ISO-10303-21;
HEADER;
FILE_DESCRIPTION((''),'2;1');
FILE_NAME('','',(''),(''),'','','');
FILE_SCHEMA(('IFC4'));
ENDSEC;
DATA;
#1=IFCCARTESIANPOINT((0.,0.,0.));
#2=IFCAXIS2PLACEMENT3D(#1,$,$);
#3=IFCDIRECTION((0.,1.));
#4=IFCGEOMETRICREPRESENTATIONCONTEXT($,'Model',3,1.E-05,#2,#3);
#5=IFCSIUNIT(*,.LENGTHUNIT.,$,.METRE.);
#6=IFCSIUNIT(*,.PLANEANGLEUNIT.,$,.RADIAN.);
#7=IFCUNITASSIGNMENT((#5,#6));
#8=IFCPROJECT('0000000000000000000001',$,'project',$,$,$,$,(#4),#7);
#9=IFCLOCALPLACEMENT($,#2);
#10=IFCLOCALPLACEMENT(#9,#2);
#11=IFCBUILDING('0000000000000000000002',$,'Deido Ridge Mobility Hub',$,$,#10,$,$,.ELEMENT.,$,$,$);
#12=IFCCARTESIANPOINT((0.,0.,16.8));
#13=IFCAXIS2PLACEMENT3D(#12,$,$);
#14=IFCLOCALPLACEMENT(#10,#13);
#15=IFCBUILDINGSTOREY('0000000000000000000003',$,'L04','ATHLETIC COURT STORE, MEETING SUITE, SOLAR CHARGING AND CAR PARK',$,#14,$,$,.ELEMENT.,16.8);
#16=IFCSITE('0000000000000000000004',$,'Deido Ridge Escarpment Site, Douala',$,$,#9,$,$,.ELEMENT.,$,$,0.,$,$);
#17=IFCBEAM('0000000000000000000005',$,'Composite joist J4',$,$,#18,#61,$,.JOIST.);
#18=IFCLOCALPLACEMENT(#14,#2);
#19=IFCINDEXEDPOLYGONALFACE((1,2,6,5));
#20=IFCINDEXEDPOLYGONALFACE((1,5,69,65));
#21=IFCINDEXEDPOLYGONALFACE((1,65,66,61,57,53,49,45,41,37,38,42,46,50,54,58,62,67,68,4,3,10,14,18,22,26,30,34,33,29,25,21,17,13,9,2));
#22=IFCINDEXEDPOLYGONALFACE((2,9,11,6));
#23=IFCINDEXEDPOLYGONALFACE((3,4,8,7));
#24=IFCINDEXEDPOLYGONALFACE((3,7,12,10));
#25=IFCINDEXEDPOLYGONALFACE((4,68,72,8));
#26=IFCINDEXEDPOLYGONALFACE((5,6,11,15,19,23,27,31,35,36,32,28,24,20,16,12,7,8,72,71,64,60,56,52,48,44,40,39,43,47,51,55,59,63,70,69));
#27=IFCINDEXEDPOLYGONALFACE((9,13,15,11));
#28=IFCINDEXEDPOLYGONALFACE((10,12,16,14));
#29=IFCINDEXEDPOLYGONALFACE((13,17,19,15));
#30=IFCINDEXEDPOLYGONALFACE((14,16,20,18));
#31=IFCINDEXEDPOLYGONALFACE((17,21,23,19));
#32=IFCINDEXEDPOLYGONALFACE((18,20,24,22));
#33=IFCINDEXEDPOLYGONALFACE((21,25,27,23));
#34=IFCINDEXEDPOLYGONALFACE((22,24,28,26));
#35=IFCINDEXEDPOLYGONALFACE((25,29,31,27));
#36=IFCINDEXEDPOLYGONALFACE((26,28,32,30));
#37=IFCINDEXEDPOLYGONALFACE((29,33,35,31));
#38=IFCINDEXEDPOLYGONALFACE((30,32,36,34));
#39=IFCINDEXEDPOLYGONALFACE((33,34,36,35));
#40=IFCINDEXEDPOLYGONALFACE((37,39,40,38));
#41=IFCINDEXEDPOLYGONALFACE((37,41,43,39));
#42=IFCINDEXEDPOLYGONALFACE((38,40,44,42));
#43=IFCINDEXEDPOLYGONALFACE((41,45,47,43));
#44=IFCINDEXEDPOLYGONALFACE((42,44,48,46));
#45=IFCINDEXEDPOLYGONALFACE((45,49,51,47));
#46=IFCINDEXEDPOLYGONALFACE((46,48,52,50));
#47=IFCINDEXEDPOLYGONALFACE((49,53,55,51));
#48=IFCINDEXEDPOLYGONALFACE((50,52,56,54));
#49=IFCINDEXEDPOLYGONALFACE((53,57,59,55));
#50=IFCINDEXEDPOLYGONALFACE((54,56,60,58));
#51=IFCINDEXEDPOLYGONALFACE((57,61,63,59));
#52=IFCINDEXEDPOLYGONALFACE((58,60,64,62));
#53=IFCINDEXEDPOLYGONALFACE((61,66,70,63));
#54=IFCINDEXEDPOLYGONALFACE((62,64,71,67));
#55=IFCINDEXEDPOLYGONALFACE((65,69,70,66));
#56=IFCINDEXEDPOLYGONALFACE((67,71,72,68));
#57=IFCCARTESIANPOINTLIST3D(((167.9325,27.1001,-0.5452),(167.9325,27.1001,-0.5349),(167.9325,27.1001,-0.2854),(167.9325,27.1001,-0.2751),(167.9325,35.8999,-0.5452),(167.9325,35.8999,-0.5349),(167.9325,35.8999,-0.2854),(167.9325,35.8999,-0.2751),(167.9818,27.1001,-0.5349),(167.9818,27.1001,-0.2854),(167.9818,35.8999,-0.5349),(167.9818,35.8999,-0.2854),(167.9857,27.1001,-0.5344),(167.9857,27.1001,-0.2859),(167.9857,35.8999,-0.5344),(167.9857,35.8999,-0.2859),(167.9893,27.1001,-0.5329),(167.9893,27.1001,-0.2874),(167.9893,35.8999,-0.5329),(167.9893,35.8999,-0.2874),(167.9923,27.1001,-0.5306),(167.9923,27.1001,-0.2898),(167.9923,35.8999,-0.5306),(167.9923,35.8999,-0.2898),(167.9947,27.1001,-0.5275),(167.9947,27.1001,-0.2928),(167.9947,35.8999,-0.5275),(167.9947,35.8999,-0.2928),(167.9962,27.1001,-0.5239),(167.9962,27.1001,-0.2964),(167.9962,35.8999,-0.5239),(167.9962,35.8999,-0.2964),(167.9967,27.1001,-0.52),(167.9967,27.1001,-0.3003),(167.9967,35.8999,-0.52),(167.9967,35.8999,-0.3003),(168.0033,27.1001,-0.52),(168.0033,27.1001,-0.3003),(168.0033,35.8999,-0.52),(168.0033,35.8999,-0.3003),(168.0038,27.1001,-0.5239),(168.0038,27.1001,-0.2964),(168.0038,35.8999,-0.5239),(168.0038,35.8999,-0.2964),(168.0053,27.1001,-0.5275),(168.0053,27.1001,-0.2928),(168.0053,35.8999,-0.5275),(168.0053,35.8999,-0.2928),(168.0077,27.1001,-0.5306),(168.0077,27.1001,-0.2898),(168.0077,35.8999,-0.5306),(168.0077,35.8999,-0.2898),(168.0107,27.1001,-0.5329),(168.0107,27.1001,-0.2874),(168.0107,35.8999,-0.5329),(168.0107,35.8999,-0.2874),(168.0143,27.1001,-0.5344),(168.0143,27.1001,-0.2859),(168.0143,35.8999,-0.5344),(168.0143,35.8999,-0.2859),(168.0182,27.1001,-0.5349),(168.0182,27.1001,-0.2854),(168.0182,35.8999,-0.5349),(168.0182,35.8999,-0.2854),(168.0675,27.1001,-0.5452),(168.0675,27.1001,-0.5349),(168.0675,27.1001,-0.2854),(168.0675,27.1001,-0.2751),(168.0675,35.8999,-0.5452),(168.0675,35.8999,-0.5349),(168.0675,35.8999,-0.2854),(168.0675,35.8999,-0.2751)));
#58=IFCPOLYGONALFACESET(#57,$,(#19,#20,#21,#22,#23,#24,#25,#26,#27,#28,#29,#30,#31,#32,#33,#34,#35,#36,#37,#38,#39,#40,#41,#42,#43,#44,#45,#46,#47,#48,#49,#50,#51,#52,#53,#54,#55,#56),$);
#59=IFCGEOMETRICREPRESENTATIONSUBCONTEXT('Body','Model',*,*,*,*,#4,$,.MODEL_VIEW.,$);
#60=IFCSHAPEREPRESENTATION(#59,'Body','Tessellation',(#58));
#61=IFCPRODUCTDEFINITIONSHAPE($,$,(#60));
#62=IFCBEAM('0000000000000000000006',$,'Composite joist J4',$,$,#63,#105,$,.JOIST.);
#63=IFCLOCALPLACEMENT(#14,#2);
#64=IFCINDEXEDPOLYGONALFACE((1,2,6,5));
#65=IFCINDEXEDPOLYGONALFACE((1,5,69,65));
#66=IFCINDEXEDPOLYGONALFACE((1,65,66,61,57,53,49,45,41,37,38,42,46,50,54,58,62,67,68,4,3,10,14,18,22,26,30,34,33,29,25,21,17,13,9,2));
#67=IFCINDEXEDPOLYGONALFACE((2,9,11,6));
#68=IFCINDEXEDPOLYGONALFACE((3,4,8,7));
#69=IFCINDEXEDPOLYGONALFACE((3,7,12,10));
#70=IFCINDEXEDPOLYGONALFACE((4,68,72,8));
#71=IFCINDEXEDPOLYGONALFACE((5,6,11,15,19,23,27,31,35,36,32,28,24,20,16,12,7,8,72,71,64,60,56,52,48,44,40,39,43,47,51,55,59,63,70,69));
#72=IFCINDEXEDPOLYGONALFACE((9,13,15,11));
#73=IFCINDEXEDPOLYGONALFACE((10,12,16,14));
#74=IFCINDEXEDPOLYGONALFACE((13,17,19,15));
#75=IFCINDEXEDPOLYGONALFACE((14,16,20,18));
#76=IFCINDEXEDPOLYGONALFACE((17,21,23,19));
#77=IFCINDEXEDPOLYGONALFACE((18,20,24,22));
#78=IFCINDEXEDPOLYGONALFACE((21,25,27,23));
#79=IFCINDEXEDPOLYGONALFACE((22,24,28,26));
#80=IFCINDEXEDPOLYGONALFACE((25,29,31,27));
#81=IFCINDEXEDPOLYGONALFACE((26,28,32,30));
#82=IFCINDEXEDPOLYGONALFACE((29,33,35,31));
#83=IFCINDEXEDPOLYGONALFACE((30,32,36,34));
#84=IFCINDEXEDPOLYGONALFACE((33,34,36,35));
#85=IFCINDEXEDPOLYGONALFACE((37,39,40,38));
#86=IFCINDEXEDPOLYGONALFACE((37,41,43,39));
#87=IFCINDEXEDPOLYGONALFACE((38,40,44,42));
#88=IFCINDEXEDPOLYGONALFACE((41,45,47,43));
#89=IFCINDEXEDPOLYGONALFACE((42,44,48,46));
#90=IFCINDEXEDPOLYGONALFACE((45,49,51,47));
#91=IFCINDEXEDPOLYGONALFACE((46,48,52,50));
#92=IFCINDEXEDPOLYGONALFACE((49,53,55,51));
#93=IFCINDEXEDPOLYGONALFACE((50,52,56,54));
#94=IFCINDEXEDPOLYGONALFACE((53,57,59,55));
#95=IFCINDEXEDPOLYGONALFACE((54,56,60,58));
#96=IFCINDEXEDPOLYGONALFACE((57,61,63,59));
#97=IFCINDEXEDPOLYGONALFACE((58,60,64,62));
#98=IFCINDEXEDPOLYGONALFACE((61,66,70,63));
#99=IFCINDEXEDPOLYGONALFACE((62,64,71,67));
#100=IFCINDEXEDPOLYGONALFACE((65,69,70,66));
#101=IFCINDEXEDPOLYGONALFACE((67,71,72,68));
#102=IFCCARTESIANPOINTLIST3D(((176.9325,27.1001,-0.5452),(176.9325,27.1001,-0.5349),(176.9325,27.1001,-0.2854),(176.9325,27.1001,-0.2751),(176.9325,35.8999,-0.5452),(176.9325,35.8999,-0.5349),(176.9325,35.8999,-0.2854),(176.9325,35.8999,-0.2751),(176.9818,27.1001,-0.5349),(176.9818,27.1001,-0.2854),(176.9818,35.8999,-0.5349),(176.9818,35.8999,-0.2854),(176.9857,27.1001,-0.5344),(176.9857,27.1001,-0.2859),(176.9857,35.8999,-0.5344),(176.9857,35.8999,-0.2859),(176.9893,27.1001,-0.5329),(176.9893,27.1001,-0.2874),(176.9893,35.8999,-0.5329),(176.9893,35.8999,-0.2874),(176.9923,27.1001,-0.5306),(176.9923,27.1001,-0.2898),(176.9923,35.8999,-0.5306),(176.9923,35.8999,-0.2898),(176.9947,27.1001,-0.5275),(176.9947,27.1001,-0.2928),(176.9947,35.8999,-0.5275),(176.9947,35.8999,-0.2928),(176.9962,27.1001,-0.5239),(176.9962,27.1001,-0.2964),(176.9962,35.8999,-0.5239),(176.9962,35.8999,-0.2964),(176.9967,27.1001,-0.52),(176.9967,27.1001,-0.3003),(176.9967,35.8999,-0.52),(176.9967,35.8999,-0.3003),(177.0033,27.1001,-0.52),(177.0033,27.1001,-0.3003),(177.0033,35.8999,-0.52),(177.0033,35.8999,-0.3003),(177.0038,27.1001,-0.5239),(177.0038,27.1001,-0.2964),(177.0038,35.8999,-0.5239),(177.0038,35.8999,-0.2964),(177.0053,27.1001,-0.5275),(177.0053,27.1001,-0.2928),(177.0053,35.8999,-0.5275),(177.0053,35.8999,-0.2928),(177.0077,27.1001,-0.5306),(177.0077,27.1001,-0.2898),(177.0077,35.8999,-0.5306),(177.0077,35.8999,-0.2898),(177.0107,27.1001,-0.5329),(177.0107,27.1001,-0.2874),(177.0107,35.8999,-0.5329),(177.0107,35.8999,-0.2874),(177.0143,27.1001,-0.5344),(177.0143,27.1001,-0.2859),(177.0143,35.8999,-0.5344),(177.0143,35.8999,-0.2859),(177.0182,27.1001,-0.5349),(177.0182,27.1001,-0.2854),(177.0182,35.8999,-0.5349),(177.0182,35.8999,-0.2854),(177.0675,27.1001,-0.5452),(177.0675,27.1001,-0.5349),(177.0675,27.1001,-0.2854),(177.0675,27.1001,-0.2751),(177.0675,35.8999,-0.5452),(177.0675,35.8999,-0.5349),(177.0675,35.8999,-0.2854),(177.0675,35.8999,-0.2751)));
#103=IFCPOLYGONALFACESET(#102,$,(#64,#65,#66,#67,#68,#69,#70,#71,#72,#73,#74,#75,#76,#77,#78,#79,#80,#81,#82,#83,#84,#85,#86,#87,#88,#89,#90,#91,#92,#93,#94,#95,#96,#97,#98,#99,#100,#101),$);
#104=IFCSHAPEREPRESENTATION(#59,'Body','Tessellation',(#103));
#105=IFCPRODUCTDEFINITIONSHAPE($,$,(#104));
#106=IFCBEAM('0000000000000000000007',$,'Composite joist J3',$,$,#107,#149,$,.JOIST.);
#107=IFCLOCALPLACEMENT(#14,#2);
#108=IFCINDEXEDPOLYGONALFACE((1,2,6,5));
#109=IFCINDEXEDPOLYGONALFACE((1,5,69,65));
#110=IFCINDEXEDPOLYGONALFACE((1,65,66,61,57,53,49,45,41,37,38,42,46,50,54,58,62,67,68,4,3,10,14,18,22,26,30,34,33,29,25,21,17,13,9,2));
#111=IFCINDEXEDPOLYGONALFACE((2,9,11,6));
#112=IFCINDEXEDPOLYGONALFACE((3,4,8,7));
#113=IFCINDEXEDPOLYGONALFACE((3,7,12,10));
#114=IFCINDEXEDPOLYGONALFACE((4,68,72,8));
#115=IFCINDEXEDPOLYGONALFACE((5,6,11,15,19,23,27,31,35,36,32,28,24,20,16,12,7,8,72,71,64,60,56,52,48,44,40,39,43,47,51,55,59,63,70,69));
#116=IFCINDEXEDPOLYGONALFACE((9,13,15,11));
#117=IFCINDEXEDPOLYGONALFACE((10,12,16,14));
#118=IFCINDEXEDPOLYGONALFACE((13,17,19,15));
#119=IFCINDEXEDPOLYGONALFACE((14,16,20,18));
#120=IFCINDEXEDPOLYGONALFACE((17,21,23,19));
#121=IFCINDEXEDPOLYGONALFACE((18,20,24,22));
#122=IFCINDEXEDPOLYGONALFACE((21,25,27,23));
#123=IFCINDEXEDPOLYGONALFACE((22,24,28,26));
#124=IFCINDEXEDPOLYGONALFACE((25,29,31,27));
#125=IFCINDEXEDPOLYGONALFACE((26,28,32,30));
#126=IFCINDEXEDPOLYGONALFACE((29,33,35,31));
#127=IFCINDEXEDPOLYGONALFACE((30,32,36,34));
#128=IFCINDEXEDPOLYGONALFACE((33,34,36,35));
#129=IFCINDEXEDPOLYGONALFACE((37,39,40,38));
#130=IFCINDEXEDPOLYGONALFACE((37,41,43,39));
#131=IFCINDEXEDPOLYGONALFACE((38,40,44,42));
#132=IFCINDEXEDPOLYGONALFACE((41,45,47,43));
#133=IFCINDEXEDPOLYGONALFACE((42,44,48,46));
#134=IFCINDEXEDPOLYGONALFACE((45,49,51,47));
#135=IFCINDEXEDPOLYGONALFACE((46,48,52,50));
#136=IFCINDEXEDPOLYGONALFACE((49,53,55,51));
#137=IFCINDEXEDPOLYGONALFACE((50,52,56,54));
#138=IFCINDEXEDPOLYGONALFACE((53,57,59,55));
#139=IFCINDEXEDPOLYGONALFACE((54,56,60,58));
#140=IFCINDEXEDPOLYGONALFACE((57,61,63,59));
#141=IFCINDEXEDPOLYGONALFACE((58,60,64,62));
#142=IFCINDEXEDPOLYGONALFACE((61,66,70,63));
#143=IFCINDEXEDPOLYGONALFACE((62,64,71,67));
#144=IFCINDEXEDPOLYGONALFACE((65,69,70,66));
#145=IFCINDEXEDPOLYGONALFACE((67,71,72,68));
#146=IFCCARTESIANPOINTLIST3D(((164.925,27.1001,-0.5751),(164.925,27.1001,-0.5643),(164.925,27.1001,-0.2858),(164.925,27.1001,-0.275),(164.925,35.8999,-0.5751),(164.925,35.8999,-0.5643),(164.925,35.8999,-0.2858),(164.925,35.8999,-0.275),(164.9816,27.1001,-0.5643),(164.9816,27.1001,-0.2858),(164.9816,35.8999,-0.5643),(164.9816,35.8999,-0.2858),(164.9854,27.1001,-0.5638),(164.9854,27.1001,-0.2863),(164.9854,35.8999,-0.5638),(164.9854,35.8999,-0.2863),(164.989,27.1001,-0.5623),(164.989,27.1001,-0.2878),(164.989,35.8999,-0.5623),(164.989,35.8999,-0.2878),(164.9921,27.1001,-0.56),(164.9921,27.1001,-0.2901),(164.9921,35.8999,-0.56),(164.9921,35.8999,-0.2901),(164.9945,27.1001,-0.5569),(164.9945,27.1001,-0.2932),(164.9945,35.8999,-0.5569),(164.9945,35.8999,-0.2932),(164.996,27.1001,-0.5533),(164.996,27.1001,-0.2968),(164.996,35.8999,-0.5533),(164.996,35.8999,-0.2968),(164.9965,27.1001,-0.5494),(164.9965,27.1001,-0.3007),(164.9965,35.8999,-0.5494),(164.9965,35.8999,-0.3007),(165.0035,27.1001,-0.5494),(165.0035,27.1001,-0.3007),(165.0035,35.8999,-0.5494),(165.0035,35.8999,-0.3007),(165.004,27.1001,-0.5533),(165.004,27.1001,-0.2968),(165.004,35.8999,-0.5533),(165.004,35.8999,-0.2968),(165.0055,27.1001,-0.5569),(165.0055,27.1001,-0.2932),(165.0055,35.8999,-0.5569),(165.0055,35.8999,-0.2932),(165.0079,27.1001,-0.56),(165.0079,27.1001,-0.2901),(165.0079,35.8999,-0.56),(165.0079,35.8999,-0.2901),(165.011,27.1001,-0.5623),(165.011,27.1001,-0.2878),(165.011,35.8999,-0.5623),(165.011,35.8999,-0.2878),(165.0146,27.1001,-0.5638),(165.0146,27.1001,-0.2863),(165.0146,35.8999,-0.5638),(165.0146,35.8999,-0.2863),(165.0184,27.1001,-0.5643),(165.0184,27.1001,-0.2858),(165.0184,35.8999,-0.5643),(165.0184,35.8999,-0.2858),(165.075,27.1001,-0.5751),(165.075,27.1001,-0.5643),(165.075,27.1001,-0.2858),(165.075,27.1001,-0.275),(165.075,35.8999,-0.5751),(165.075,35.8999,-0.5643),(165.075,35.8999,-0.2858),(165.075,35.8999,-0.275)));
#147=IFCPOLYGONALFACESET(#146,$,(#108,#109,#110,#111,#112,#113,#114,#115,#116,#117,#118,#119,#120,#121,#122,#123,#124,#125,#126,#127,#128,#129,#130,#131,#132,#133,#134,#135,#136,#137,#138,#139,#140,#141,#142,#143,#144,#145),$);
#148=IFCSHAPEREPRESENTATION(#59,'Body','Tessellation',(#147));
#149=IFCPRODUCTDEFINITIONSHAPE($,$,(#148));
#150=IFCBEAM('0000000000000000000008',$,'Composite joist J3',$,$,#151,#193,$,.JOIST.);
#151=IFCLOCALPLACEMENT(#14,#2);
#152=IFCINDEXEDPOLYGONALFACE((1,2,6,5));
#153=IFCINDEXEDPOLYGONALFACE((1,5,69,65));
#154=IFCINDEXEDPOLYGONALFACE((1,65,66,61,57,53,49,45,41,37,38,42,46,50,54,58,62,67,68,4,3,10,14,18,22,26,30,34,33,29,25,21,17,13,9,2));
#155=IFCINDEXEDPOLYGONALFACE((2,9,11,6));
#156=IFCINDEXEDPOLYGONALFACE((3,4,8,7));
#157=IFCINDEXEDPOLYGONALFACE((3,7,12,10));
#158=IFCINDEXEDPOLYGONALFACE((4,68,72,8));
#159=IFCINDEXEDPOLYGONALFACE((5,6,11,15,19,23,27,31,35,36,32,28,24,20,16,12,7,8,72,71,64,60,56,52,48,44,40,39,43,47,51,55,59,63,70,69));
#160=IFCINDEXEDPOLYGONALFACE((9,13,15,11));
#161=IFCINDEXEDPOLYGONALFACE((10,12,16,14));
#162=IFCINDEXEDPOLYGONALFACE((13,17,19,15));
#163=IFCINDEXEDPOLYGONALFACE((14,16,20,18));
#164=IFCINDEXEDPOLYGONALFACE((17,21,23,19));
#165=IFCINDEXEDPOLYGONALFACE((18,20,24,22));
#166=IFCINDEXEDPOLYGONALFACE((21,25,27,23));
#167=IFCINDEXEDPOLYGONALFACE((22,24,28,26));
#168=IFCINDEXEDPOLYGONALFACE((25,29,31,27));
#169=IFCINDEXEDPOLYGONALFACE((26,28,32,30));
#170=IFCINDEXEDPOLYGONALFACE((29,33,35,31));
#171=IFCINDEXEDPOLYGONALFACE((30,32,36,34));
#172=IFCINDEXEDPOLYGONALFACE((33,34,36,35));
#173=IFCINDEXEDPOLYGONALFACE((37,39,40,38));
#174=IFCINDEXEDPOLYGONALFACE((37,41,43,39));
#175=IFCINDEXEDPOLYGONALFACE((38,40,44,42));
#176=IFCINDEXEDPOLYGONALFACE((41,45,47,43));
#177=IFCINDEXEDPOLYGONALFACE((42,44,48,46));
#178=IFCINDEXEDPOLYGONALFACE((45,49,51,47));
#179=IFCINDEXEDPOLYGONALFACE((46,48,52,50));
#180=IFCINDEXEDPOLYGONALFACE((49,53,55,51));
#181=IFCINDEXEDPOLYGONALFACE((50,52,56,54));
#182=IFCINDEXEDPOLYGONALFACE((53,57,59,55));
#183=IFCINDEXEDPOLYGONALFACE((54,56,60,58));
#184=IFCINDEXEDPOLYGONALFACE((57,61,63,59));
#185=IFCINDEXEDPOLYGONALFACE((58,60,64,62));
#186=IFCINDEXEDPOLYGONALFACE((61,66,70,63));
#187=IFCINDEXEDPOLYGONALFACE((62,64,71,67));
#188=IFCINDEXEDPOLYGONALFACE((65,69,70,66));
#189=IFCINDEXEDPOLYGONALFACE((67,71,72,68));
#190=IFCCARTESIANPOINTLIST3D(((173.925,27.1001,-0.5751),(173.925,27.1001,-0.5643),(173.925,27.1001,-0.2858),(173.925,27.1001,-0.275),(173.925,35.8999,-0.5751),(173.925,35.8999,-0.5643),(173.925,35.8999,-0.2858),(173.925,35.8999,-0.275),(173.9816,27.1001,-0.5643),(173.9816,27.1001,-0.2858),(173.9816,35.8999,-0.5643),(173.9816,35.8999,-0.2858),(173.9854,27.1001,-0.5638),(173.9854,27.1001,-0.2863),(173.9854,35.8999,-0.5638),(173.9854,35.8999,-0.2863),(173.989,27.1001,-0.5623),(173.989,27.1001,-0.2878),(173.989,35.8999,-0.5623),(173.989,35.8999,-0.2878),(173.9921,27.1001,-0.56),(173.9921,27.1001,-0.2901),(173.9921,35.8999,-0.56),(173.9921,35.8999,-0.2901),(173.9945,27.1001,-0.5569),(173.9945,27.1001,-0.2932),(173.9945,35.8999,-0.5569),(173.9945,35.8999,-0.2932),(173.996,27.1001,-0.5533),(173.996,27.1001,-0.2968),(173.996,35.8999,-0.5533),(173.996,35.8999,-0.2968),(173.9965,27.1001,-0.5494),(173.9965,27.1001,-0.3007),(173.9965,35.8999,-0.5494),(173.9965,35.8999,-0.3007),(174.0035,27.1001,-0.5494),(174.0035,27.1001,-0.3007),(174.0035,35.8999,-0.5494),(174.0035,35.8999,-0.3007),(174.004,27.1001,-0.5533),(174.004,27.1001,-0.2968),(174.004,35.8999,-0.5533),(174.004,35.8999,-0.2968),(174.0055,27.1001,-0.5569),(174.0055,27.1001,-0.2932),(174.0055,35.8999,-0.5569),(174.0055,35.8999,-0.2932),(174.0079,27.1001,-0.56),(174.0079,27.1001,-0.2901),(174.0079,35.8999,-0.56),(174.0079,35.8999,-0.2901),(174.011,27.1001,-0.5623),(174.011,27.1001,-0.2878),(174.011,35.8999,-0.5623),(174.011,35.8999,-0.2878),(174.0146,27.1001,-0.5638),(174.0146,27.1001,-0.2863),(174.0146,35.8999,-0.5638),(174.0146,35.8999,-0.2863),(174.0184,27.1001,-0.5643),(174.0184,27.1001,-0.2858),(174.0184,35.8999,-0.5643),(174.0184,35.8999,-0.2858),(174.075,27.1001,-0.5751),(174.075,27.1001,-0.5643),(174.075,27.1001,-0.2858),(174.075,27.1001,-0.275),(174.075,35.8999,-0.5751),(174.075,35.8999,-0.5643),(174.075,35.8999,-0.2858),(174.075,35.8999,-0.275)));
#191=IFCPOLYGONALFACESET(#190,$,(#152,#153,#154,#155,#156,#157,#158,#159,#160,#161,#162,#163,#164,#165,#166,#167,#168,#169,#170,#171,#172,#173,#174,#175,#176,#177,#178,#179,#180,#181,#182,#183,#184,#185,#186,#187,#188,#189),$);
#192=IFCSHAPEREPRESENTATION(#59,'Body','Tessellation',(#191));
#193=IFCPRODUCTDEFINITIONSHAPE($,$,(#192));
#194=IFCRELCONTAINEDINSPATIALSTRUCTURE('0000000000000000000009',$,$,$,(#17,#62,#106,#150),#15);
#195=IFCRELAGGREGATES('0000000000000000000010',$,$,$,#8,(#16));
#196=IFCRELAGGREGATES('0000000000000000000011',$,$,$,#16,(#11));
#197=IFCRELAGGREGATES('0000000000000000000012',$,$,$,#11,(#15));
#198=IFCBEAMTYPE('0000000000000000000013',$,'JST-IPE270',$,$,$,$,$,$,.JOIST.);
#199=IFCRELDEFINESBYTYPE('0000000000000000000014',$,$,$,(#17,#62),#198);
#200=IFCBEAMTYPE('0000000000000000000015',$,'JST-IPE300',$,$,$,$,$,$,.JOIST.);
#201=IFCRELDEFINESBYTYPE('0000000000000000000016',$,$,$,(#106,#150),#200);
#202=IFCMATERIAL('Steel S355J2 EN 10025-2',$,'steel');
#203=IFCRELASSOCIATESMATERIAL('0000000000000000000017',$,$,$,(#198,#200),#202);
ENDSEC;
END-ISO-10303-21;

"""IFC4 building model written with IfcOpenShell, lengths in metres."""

from ifc_helpers import new_model, si_unit, direction, frame, origin, origin_2d, place, context, subcontext, project, spatial, i_section, extrude, material, material_profile, profile_set, type_object, element, save


model = new_model("IFC4")

# Units and contexts
model_context = context("Model", 3, precision=1e-05, world=origin(), true_north=direction((0.0, 1.0)))
body_context = subcontext(model_context, "Body", "Model", "MODEL_VIEW")
ifc_project = project(units=[si_unit("LENGTHUNIT", "METRE"), si_unit("PLANEANGLEUNIT", "RADIAN")], contexts=[model_context])

# Site, building, storey
site_placement = place(None, origin())
site = spatial("IfcSite", under=ifc_project, at=site_placement, Name="Deido Ridge Escarpment Site, Douala", CompositionType="ELEMENT", RefElevation=0.0)
building_placement = place(site_placement, origin())
building = spatial("IfcBuilding", under=site, at=building_placement, Name="Deido Ridge Mobility Hub", CompositionType="ELEMENT")
storey_placement = place(building_placement, frame((0.0, 0.0, 16.8)))
storey = spatial("IfcBuildingStorey", under=building, at=storey_placement, Name="L04", Description="ATHLETIC COURT STORE, MEETING SUITE, SOLAR CHARGING AND CAR PARK", CompositionType="ELEMENT", Elevation=16.8)

# Shared definitions
ifc_material_1 = material(Name="Steel S355J2 EN 10025-2", Category="steel")

# Beams
ifc_material_profile_1 = material_profile(ifc_material_1, i_section(OverallWidth=0.135, OverallDepth=0.27, WebThickness=0.0066, FlangeThickness=0.0103, FilletRadius=0.0149, at=origin_2d()), Name="IPE 270")
ifc_profile_set_1 = profile_set([ifc_material_profile_1], Name="Steel S355J2 EN 10025-2")
beam_type_1 = type_object("IfcBeamType", Name="JST-IPE270", PredefinedType="JOIST", material=ifc_profile_set_1)
for number, where, z_axis, x_axis, name in (
    (1, (168.0, 27.1001, -0.4102), (0.0, 1.0, 0.0), (-1.0, 0.0, 0.0), "Composite joist J4"),
    (2, (177.0, 27.1001, -0.4102), (0.0, 1.0, 0.0), (-1.0, 0.0, 0.0), "Composite joist J4"),
):
    element("IfcBeam", number, at=place(storey_placement, frame(where, z_axis=z_axis, x_axis=x_axis)), inside=storey, type_object=beam_type_1, Name=name, PredefinedType="JOIST", context=body_context, shape_type="SweptSolid", body=[
        extrude(i_section(OverallWidth=0.135, OverallDepth=0.27, WebThickness=0.0066, FlangeThickness=0.0103, FilletRadius=0.0149, at=origin_2d()), origin(), (0.0, 0.0, 1.0), 8.7998),
    ])
ifc_material_profile_2 = material_profile(ifc_material_1, i_section(OverallWidth=0.1499, OverallDepth=0.3, WebThickness=0.0071, FlangeThickness=0.0107, FilletRadius=0.0149, at=origin_2d()), Name="IPE 300")
ifc_profile_set_2 = profile_set([ifc_material_profile_2], Name="Steel S355J2 EN 10025-2")
beam_type_2 = type_object("IfcBeamType", Name="JST-IPE300", PredefinedType="JOIST", material=ifc_profile_set_2)
for number, where, z_axis, x_axis, name in (
    (3, (165.0, 27.1001, -0.425), (0.0, 1.0, 0.0), (-1.0, 0.0, 0.0), "Composite joist J3"),
    (4, (174.0, 27.1001, -0.425), (0.0, 1.0, 0.0), (-1.0, 0.0, 0.0), "Composite joist J3"),
):
    element("IfcBeam", number, at=place(storey_placement, frame(where, z_axis=z_axis, x_axis=x_axis)), inside=storey, type_object=beam_type_2, Name=name, PredefinedType="JOIST", context=body_context, shape_type="SweptSolid", body=[
        extrude(i_section(OverallWidth=0.1499, OverallDepth=0.3, WebThickness=0.0071, FlangeThickness=0.0107, FilletRadius=0.0149, at=origin_2d()), origin(), (0.0, 0.0, 1.0), 8.7998),
    ])

save(model, "model.ifc")
